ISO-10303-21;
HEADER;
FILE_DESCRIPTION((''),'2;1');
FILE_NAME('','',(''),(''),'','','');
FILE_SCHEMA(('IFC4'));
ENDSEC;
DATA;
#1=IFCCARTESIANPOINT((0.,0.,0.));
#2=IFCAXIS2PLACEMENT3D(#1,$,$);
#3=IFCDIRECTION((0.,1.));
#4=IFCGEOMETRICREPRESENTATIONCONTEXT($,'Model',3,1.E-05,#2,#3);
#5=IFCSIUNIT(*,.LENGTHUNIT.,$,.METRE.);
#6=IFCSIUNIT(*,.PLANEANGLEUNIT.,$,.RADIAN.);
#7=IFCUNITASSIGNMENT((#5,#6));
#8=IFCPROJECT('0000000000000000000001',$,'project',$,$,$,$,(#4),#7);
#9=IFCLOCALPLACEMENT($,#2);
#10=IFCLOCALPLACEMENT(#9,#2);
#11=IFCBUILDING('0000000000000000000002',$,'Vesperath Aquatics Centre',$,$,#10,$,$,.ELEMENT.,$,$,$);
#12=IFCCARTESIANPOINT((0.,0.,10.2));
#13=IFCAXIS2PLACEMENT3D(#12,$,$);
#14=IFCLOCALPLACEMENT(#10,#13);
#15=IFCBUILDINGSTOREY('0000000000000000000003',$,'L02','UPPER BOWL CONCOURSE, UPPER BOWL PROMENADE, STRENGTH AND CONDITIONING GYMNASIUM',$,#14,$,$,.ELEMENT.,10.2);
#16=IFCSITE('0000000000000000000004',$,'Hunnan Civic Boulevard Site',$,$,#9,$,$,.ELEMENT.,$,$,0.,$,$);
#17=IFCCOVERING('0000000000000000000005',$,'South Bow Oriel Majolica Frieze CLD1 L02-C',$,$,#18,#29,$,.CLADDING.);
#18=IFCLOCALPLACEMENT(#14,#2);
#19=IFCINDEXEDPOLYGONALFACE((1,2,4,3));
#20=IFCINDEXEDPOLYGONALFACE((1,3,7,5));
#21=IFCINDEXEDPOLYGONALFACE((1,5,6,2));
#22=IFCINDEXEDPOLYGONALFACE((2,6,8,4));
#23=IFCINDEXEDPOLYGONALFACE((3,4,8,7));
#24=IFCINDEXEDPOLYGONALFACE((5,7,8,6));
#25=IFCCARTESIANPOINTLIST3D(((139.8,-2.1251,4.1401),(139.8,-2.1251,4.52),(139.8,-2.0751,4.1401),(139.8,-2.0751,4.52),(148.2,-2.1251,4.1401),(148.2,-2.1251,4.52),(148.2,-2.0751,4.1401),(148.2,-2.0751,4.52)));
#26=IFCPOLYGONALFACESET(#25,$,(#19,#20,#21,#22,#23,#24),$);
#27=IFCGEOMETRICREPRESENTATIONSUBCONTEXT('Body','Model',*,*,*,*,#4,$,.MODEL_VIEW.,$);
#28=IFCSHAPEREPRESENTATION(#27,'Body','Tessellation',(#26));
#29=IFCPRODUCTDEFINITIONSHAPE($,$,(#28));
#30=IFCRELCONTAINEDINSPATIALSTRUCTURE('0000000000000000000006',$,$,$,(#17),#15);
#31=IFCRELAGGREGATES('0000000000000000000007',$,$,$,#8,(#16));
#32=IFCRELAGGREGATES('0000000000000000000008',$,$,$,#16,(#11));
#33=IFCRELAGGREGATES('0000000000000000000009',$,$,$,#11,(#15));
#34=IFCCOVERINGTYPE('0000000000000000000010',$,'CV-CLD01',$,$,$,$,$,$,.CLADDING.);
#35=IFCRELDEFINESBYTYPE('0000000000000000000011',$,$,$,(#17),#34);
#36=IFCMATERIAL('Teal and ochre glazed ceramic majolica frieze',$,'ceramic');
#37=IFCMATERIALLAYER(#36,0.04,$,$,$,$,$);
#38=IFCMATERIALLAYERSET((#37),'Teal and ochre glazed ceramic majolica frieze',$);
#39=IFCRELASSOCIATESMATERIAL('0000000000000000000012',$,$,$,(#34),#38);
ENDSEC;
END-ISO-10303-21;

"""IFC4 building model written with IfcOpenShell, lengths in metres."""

from ifc_helpers import new_model, si_unit, direction, frame, frame_2d, origin, place, context, subcontext, project, spatial, rectangle, extrude, material, layer, layer_set, type_object, element, save


model = new_model("IFC4")

# Units and contexts
model_context = context("Model", 3, precision=1e-05, world=origin(), true_north=direction((0.0, 1.0)))
body_context = subcontext(model_context, "Body", "Model", "MODEL_VIEW")
ifc_project = project(units=[si_unit("LENGTHUNIT", "METRE"), si_unit("PLANEANGLEUNIT", "RADIAN")], contexts=[model_context])

# Site, building, storey
site_placement = place(None, origin())
site = spatial("IfcSite", under=ifc_project, at=site_placement, Name="Hunnan Civic Boulevard Site", CompositionType="ELEMENT", RefElevation=0.0)
building_placement = place(site_placement, origin())
building = spatial("IfcBuilding", under=site, at=building_placement, Name="Vesperath Aquatics Centre", CompositionType="ELEMENT")
storey_placement = place(building_placement, frame((0.0, 0.0, 10.2)))
storey = spatial("IfcBuildingStorey", under=building, at=storey_placement, Name="L02", Description="UPPER BOWL CONCOURSE, UPPER BOWL PROMENADE, STRENGTH AND CONDITIONING GYMNASIUM", CompositionType="ELEMENT", Elevation=10.2)

# Covering
ifc_material_1 = material(Name="Teal and ochre glazed ceramic majolica frieze", Category="ceramic")
ifc_layer_1 = layer(ifc_material_1, 0.04)
ifc_layer_set_1 = layer_set([ifc_layer_1], Name="Teal and ochre glazed ceramic majolica frieze")
covering_type = type_object("IfcCoveringType", Name="CV-CLD01", PredefinedType="CLADDING", material=ifc_layer_set_1)
covering_placement = place(storey_placement, frame((139.8, -2.1001, 4.1401), z_axis=(0.0, 0.0, 1.0), x_axis=(1.0, 0.0, 0.0)))
element("IfcCovering", 1, at=covering_placement, inside=storey, type_object=covering_type, Name="South Bow Oriel Majolica Frieze CLD1 L02-C", PredefinedType="CLADDING", context=body_context, shape_type="SweptSolid", body=[
    extrude(rectangle(XDim=8.3999, YDim=0.05, at=frame_2d((4.2, 0.0))), origin(), (0.0, 0.0, 1.0), 0.3799),
])

save(model, "model.ifc")
